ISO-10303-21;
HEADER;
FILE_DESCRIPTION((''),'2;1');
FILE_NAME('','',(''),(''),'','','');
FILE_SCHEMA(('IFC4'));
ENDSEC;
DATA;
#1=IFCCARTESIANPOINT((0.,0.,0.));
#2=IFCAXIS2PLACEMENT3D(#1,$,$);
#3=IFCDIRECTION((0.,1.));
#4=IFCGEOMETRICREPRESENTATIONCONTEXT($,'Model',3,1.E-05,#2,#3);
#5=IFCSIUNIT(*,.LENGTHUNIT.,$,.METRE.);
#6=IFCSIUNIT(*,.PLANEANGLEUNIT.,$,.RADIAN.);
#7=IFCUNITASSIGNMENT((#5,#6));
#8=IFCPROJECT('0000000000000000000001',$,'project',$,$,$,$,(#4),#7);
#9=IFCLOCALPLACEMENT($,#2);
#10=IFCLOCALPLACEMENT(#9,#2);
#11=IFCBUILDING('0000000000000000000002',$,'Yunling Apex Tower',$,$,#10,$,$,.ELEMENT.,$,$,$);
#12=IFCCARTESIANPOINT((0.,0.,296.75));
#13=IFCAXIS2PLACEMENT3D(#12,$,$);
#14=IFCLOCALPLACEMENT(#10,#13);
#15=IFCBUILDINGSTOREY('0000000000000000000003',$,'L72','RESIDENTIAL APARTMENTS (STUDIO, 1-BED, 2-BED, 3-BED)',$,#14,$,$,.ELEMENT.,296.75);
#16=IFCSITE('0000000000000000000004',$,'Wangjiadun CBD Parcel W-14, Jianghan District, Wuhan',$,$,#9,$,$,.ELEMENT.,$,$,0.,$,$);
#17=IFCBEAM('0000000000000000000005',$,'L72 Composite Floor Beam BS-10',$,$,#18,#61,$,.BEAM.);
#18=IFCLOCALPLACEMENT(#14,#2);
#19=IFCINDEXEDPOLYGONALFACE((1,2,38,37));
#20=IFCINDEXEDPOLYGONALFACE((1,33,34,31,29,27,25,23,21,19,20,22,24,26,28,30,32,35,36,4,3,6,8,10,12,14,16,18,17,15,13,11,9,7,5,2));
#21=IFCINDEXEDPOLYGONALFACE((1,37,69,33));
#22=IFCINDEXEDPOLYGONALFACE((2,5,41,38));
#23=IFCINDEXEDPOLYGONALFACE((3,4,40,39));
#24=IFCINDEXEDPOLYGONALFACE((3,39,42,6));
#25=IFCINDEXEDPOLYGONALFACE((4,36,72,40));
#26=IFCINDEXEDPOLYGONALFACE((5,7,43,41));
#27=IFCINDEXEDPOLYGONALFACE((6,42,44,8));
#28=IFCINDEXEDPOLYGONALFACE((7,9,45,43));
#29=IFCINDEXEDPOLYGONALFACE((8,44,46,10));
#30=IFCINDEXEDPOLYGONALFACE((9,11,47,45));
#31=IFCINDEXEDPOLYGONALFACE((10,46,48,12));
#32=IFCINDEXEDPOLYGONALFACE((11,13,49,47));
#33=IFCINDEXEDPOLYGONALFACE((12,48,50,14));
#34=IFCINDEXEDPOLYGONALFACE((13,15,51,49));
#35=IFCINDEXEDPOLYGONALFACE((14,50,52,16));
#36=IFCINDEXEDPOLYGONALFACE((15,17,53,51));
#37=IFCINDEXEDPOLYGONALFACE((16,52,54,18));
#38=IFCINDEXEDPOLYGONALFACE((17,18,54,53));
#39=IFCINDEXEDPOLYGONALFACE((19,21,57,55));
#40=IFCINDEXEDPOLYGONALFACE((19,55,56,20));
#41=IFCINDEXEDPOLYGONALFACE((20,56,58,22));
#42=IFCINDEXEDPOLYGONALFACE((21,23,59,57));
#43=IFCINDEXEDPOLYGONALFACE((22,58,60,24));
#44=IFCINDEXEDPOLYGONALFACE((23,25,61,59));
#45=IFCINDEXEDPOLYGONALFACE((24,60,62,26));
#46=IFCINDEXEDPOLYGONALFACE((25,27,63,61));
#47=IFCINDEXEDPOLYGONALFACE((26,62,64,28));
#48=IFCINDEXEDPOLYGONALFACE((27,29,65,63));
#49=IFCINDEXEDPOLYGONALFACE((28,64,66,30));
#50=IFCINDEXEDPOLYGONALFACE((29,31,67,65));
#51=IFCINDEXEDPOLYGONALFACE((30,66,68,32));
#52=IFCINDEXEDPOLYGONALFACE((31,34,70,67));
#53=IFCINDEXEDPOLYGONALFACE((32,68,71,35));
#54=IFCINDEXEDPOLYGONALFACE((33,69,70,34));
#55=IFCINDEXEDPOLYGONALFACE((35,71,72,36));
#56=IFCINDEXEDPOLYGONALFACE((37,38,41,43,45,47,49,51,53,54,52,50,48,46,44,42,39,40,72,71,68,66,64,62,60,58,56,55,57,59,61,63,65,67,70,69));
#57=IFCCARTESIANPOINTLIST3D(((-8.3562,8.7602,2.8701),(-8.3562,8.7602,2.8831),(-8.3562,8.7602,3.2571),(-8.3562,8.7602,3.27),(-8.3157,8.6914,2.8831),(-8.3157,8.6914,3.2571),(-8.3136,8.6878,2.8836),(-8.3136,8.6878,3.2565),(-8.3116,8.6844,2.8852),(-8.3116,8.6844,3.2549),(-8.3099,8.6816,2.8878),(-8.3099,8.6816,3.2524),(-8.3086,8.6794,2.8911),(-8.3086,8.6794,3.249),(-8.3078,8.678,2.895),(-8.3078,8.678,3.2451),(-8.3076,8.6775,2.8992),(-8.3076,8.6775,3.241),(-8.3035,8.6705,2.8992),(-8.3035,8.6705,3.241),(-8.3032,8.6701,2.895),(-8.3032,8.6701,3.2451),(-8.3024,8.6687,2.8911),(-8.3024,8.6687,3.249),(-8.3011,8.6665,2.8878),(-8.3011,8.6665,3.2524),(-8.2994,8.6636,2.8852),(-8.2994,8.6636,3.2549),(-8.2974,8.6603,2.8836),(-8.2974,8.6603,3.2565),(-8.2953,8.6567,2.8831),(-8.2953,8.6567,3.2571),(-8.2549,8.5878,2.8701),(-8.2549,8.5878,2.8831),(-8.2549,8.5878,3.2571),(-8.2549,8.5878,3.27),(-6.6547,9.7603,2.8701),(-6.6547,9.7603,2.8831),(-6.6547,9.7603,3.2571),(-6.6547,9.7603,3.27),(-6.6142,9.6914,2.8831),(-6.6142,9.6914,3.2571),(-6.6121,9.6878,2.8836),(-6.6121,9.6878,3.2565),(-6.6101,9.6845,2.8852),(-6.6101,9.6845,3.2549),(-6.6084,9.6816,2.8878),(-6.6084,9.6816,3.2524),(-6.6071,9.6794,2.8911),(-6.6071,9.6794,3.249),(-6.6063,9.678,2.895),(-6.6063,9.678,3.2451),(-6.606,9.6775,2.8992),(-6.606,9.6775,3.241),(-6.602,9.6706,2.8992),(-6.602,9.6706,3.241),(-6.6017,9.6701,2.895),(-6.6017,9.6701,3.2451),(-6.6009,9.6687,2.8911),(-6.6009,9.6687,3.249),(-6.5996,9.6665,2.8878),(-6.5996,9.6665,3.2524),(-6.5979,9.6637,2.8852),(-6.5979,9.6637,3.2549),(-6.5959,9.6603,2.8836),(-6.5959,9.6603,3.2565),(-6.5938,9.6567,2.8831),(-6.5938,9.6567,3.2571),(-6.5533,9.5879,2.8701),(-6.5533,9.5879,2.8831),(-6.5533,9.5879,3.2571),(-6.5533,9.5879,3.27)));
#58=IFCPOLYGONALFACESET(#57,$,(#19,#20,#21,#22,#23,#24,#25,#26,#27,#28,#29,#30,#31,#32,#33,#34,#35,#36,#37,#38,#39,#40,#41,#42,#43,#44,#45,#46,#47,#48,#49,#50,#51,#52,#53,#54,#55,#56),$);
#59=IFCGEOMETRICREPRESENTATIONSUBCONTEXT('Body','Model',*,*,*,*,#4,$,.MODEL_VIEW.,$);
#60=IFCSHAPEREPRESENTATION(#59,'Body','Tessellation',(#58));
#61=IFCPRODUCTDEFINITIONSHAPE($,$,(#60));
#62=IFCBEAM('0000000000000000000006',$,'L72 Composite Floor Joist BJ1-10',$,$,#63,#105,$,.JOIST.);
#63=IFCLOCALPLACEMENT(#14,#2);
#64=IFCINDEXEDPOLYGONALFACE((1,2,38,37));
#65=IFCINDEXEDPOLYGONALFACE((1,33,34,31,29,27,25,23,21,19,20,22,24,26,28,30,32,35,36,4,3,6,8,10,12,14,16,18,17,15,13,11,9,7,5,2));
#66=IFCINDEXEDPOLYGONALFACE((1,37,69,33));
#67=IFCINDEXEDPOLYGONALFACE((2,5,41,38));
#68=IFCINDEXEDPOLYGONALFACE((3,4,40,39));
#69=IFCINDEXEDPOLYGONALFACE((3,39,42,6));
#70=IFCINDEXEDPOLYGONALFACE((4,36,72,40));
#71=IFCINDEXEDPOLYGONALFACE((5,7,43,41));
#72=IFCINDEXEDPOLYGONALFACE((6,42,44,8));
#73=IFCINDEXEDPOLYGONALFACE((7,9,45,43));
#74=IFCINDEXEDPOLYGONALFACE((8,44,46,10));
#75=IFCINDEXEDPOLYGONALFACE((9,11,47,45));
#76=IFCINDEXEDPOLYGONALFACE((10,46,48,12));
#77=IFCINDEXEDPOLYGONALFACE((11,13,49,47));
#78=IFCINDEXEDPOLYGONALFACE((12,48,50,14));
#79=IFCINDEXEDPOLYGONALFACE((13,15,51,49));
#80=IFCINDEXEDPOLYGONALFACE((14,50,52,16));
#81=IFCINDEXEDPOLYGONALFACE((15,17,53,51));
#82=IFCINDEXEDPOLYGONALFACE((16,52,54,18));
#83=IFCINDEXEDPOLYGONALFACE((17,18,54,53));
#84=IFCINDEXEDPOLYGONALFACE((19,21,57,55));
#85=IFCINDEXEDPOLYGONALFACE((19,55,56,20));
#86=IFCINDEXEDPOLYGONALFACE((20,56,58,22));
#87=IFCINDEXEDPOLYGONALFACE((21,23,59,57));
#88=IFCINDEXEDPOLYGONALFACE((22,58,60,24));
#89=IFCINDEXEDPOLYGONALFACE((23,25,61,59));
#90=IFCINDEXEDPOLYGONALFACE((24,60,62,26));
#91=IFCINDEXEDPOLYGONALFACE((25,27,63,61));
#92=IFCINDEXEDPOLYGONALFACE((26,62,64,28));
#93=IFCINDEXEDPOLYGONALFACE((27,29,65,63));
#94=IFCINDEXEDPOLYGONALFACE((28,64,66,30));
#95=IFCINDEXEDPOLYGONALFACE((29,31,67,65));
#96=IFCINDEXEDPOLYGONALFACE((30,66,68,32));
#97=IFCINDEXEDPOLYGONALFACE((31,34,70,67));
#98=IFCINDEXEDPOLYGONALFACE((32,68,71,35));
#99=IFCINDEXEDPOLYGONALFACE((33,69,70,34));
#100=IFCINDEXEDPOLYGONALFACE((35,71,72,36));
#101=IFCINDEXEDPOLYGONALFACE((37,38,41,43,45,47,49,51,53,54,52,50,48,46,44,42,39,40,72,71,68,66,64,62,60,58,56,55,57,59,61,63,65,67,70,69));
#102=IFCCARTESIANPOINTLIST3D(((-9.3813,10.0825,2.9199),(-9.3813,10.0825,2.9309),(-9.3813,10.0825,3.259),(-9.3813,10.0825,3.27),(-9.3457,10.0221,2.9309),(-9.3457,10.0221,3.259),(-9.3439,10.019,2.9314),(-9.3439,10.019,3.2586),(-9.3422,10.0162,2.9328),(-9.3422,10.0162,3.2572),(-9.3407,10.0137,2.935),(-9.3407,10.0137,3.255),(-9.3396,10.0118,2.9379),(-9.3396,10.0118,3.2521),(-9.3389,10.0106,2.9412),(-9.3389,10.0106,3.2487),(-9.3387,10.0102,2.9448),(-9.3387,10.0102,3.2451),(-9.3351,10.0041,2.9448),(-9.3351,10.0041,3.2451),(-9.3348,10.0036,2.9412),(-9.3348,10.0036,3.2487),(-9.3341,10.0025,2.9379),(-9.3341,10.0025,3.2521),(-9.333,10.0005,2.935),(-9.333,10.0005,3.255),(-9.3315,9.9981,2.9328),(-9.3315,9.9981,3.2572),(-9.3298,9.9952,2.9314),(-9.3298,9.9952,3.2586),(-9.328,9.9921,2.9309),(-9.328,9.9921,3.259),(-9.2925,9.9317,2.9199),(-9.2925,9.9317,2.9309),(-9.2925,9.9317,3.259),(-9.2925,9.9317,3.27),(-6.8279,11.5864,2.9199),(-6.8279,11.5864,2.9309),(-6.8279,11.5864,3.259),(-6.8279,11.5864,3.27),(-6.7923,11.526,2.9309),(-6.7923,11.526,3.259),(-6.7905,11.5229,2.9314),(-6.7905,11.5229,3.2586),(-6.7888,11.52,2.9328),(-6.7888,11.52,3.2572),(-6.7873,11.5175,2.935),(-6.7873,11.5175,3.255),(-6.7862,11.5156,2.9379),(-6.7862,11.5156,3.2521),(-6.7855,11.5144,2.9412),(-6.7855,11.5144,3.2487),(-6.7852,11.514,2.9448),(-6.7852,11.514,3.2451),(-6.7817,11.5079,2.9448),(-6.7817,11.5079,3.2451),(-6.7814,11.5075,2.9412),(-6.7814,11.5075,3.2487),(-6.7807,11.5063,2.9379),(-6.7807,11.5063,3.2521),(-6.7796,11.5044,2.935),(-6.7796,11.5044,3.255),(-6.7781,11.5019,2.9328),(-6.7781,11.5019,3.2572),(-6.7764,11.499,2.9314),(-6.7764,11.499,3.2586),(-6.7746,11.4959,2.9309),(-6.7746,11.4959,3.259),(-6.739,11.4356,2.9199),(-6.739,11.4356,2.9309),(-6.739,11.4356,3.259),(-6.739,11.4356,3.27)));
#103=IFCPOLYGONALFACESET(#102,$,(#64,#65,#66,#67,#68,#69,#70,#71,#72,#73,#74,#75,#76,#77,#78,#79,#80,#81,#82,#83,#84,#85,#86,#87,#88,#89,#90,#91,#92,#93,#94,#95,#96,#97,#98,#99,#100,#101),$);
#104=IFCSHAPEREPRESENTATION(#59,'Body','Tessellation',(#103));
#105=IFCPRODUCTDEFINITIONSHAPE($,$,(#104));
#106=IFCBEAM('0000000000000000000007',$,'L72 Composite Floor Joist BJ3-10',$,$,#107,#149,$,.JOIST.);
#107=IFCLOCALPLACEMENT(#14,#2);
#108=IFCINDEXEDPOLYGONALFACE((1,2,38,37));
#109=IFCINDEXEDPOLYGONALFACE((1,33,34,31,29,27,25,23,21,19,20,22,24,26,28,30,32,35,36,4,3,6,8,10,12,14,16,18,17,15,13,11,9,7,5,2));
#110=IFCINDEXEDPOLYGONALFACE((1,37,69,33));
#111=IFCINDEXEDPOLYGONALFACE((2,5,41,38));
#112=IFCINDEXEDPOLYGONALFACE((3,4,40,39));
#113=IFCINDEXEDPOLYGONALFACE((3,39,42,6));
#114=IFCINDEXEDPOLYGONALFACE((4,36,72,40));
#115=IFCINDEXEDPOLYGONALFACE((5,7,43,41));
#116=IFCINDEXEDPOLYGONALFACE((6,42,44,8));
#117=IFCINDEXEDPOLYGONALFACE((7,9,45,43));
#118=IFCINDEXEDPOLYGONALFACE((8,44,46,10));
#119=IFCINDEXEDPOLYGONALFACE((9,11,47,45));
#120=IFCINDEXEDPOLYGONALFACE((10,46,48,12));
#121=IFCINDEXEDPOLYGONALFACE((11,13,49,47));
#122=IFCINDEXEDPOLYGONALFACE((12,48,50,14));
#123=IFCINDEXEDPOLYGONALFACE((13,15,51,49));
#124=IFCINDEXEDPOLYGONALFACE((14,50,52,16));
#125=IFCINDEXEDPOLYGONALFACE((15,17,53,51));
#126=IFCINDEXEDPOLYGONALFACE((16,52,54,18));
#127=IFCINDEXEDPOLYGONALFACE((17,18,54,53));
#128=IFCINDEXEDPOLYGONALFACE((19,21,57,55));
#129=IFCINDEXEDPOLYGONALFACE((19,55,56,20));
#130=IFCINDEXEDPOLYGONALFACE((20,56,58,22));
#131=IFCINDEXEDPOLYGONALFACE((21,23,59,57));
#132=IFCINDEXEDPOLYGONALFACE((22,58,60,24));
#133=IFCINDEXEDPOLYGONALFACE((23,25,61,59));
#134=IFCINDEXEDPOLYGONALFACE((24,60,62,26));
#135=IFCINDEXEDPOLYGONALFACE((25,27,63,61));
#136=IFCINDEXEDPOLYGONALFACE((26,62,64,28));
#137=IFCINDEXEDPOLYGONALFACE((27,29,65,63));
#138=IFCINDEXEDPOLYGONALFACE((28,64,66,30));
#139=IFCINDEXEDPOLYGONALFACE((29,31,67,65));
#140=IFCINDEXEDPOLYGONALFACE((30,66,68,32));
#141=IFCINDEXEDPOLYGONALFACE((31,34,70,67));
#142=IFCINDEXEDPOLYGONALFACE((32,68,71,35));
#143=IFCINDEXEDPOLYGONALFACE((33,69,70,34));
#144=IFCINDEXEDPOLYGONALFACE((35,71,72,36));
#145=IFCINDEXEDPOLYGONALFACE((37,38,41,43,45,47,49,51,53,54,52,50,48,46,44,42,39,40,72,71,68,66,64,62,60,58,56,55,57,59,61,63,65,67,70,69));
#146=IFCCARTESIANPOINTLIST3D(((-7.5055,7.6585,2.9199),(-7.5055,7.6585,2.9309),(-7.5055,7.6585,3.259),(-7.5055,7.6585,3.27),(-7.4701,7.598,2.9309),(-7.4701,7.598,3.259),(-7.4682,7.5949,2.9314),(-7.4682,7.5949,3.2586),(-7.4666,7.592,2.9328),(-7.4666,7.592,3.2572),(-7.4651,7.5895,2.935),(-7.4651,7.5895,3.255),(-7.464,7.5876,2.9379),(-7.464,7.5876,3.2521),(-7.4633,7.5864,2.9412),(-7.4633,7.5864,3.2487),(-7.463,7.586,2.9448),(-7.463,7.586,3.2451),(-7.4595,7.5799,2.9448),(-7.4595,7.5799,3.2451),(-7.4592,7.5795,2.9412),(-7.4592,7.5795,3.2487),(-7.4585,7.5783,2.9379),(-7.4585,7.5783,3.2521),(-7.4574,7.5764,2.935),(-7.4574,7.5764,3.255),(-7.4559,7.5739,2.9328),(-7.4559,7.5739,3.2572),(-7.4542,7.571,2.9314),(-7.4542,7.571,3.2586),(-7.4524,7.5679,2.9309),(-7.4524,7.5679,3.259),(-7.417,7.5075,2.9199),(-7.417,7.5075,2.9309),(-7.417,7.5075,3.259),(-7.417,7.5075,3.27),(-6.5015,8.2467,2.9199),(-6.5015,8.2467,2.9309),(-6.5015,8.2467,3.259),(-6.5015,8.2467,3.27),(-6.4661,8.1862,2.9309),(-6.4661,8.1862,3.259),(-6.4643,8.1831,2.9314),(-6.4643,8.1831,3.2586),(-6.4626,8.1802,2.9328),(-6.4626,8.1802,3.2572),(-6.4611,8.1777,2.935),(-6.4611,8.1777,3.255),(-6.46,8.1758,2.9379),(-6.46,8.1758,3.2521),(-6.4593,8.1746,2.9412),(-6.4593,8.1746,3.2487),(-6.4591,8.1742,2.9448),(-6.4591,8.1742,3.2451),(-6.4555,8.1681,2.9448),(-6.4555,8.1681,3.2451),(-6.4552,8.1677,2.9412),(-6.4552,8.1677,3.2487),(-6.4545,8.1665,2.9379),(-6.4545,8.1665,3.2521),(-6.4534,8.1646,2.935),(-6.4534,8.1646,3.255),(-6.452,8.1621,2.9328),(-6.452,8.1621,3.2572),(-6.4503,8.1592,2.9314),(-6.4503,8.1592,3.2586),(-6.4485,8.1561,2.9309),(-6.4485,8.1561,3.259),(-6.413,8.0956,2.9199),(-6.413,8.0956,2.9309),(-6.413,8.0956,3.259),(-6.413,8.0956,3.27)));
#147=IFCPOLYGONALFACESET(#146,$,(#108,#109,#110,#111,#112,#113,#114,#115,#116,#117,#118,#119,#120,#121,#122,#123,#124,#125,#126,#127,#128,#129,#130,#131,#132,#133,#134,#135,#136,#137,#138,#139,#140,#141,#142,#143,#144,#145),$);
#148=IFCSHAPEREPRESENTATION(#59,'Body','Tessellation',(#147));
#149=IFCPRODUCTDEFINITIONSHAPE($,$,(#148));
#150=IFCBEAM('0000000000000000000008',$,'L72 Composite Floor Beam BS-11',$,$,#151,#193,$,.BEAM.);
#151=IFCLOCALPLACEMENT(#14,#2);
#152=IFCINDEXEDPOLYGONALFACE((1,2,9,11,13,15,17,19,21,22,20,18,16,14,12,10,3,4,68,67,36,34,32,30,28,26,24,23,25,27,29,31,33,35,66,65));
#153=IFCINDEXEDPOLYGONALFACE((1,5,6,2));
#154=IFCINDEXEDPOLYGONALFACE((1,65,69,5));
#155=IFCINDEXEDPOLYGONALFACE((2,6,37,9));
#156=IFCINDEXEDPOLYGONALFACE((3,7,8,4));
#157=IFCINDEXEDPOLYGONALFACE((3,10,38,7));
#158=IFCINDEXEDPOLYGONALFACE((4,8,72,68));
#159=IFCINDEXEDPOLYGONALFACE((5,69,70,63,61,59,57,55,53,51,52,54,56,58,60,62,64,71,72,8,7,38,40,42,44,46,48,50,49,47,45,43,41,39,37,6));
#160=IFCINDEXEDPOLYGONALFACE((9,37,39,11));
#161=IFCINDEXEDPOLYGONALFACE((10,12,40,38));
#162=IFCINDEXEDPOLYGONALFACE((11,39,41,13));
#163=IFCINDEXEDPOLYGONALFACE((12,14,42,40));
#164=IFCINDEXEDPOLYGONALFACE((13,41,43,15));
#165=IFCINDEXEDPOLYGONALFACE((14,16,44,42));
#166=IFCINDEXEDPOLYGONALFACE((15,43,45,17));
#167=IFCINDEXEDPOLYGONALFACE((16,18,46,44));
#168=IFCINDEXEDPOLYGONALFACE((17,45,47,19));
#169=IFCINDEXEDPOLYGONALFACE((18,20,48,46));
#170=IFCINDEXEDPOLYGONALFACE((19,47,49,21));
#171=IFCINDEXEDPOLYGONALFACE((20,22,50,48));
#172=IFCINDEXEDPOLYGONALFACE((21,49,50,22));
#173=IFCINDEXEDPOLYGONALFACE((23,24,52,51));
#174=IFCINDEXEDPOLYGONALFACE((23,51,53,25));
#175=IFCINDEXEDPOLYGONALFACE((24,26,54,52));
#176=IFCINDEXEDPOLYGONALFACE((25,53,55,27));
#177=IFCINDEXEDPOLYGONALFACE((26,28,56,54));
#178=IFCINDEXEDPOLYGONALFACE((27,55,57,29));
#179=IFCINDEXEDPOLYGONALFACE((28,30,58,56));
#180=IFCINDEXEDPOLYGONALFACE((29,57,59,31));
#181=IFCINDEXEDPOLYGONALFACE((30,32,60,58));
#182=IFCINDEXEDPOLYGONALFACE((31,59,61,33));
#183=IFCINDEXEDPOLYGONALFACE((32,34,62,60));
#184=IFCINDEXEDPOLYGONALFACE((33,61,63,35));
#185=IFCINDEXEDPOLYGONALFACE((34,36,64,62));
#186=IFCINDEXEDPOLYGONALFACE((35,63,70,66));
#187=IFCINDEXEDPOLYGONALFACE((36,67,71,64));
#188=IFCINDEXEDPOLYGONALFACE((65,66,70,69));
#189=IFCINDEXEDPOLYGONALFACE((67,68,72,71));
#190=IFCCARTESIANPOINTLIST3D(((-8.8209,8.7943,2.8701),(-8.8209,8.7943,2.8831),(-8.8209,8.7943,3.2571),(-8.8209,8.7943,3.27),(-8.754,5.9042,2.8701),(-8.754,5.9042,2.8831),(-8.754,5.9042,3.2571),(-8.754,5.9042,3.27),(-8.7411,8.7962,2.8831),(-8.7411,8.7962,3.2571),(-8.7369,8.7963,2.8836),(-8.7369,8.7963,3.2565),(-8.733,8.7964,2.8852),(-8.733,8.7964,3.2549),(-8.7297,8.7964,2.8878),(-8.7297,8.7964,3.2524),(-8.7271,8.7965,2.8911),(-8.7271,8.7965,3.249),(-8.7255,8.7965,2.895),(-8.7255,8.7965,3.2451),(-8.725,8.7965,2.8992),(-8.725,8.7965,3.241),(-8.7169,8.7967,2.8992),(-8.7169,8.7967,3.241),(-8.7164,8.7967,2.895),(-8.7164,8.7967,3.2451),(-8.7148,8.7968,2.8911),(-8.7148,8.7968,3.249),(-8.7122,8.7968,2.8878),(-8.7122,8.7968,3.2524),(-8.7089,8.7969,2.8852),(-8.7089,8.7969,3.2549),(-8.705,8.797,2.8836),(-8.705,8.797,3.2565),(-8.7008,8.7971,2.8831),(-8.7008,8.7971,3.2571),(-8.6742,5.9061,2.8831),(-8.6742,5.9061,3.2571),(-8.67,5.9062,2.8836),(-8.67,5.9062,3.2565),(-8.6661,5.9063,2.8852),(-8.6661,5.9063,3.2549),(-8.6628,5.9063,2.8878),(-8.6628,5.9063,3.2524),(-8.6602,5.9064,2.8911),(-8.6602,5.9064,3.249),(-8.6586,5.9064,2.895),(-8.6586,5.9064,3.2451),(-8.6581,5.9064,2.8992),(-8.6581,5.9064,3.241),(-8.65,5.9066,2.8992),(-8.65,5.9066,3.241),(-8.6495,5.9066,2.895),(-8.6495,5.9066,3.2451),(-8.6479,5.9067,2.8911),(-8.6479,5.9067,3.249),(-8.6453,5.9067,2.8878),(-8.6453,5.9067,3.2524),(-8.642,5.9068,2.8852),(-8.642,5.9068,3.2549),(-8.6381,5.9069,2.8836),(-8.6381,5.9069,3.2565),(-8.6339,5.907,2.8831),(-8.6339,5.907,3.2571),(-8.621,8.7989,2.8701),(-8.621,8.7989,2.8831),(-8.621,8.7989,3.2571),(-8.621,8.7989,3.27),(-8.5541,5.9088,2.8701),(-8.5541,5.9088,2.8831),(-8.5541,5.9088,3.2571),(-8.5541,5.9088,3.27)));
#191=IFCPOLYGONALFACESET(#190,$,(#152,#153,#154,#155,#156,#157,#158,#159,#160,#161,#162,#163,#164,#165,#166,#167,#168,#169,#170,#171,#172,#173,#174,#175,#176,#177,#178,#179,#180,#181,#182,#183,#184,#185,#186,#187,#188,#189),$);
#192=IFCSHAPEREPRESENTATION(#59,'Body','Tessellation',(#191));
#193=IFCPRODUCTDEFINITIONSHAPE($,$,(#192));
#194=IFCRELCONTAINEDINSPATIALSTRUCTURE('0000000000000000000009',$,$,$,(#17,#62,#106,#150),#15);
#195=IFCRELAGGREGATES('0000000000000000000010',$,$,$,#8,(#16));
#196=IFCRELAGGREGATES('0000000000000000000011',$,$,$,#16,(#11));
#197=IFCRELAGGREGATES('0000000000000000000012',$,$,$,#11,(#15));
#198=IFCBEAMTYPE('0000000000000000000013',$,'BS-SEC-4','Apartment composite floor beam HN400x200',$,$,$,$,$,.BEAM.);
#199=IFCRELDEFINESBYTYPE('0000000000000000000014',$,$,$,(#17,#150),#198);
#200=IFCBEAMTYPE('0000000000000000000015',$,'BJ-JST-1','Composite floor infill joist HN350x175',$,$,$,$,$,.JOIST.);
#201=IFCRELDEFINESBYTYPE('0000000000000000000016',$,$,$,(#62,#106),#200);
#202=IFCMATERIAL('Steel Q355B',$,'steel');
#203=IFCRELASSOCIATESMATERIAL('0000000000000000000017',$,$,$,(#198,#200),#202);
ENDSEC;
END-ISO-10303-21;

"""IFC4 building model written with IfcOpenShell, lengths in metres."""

from ifc_helpers import new_model, si_unit, direction, frame, origin, origin_2d, place, context, subcontext, project, spatial, i_section, extrude, source, transform, mapped, material, material_profile, profile_set, type_object, element, save


model = new_model("IFC4")

# Units and contexts
model_context = context("Model", 3, precision=1e-05, world=origin(), true_north=direction((0.0, 1.0)))
body_context = subcontext(model_context, "Body", "Model", "MODEL_VIEW")
ifc_project = project(units=[si_unit("LENGTHUNIT", "METRE"), si_unit("PLANEANGLEUNIT", "RADIAN")], contexts=[model_context])

# Site, building, storey
site_placement = place(None, origin())
site = spatial("IfcSite", under=ifc_project, at=site_placement, Name="Wangjiadun CBD Parcel W-14, Jianghan District, Wuhan", CompositionType="ELEMENT", RefElevation=0.0)
building_placement = place(site_placement, origin())
building = spatial("IfcBuilding", under=site, at=building_placement, Name="Yunling Apex Tower", CompositionType="ELEMENT")
storey_placement = place(building_placement, frame((0.0, 0.0, 296.75)))
storey = spatial("IfcBuildingStorey", under=building, at=storey_placement, Name="L72", Description="RESIDENTIAL APARTMENTS (STUDIO, 1-BED, 2-BED, 3-BED)", CompositionType="ELEMENT", Elevation=296.75)

# Shared definitions
ifc_material_1 = material(Name="Steel Q355B", Category="steel")

# Beams
ifc_material_profile_1 = material_profile(ifc_material_1, i_section(OverallWidth=0.2, OverallDepth=0.3999, WebThickness=0.0081, FlangeThickness=0.0129, FilletRadius=0.0161, at=origin_2d()))
ifc_profile_set_1 = profile_set([ifc_material_profile_1], Name="Steel Q355B")
beam_type_1 = type_object("IfcBeamType", Name="BS-SEC-4", Description="Apartment composite floor beam HN400x200", PredefinedType="BEAM", material=ifc_profile_set_1)
ifc_material_profile_2 = material_profile(ifc_material_1, i_section(OverallWidth=0.175, OverallDepth=0.3501, WebThickness=0.0071, FlangeThickness=0.011, FilletRadius=0.0139, at=origin_2d()))
ifc_profile_set_2 = profile_set([ifc_material_profile_2], Name="Steel Q355B")
beam_type_2 = type_object("IfcBeamType", Name="BJ-JST-1", Description="Composite floor infill joist HN350x175", PredefinedType="JOIST", material=ifc_profile_set_2)
shared_shape_1 = source(origin(), body_context, "Body", "SweptSolid", [
    extrude(i_section(OverallWidth=0.2, OverallDepth=0.3999, WebThickness=0.0081, FlangeThickness=0.0129, FilletRadius=0.0161, at=origin_2d()), origin(), (0.0, 0.0, 1.0), 1.9736),
])
beam_1_placement = place(storey_placement, frame((-6.604, 9.6741, 3.0701), z_axis=(-0.862119, -0.506707, 0.0), x_axis=(0.506707, -0.862119, 0.0)))
element("IfcBeam", 1, at=beam_1_placement, inside=storey, type_object=beam_type_1, Name="L72 Composite Floor Beam BS-10", PredefinedType="BEAM", context=body_context, shape_type="MappedRepresentation", body=[
    mapped(shared_shape_1, transform((0.0, 0.0, 0.0), scale=1.0)),
])
shared_shape_2 = source(origin(), body_context, "Body", "SweptSolid", [
    extrude(i_section(OverallWidth=0.175, OverallDepth=0.3501, WebThickness=0.0071, FlangeThickness=0.011, FilletRadius=0.0139, at=origin_2d()), origin(), (0.0, 0.0, 1.0), 2.9634),
])
beam_2_placement = place(storey_placement, frame((-6.7834, 11.511, 3.095), z_axis=(-0.861659, -0.507488, 0.0), x_axis=(0.507488, -0.861659, 0.0)))
element("IfcBeam", 2, at=beam_2_placement, inside=storey, type_object=beam_type_2, Name="L72 Composite Floor Joist BJ1-10", PredefinedType="JOIST", context=body_context, shape_type="MappedRepresentation", body=[
    mapped(shared_shape_2, transform((0.0, 0.0, 0.0), scale=1.0)),
])
shared_shape_3 = source(origin(), body_context, "Body", "SweptSolid", [
    extrude(i_section(OverallWidth=0.175, OverallDepth=0.3501, WebThickness=0.0071, FlangeThickness=0.011, FilletRadius=0.0139, at=origin_2d()), origin(), (0.0, 0.0, 1.0), 1.1636),
])
beam_3_placement = place(storey_placement, frame((-6.4573, 8.1711, 3.095), z_axis=(-0.862834, -0.505488, 0.0), x_axis=(0.505488, -0.862834, 0.0)))
element("IfcBeam", 3, at=beam_3_placement, inside=storey, type_object=beam_type_2, Name="L72 Composite Floor Joist BJ3-10", PredefinedType="JOIST", context=body_context, shape_type="MappedRepresentation", body=[
    mapped(shared_shape_3, transform((0.0, 0.0, 0.0), scale=1.0)),
])
shared_shape_4 = source(origin(), body_context, "Body", "SweptSolid", [
    extrude(i_section(OverallWidth=0.2, OverallDepth=0.3999, WebThickness=0.0081, FlangeThickness=0.0129, FilletRadius=0.0161, at=origin_2d()), origin(), (0.0, 0.0, 1.0), 2.8909),
])
beam_4_placement = place(storey_placement, frame((-8.7209, 8.7966, 3.0701), z_axis=(0.02314, -0.999732, 0.0), x_axis=(0.999732, 0.02314, 0.0)))
element("IfcBeam", 4, at=beam_4_placement, inside=storey, type_object=beam_type_1, Name="L72 Composite Floor Beam BS-11", PredefinedType="BEAM", context=body_context, shape_type="MappedRepresentation", body=[
    mapped(shared_shape_4, transform((0.0, 0.0, 0.0), scale=1.0)),
])

save(model, "model.ifc")
